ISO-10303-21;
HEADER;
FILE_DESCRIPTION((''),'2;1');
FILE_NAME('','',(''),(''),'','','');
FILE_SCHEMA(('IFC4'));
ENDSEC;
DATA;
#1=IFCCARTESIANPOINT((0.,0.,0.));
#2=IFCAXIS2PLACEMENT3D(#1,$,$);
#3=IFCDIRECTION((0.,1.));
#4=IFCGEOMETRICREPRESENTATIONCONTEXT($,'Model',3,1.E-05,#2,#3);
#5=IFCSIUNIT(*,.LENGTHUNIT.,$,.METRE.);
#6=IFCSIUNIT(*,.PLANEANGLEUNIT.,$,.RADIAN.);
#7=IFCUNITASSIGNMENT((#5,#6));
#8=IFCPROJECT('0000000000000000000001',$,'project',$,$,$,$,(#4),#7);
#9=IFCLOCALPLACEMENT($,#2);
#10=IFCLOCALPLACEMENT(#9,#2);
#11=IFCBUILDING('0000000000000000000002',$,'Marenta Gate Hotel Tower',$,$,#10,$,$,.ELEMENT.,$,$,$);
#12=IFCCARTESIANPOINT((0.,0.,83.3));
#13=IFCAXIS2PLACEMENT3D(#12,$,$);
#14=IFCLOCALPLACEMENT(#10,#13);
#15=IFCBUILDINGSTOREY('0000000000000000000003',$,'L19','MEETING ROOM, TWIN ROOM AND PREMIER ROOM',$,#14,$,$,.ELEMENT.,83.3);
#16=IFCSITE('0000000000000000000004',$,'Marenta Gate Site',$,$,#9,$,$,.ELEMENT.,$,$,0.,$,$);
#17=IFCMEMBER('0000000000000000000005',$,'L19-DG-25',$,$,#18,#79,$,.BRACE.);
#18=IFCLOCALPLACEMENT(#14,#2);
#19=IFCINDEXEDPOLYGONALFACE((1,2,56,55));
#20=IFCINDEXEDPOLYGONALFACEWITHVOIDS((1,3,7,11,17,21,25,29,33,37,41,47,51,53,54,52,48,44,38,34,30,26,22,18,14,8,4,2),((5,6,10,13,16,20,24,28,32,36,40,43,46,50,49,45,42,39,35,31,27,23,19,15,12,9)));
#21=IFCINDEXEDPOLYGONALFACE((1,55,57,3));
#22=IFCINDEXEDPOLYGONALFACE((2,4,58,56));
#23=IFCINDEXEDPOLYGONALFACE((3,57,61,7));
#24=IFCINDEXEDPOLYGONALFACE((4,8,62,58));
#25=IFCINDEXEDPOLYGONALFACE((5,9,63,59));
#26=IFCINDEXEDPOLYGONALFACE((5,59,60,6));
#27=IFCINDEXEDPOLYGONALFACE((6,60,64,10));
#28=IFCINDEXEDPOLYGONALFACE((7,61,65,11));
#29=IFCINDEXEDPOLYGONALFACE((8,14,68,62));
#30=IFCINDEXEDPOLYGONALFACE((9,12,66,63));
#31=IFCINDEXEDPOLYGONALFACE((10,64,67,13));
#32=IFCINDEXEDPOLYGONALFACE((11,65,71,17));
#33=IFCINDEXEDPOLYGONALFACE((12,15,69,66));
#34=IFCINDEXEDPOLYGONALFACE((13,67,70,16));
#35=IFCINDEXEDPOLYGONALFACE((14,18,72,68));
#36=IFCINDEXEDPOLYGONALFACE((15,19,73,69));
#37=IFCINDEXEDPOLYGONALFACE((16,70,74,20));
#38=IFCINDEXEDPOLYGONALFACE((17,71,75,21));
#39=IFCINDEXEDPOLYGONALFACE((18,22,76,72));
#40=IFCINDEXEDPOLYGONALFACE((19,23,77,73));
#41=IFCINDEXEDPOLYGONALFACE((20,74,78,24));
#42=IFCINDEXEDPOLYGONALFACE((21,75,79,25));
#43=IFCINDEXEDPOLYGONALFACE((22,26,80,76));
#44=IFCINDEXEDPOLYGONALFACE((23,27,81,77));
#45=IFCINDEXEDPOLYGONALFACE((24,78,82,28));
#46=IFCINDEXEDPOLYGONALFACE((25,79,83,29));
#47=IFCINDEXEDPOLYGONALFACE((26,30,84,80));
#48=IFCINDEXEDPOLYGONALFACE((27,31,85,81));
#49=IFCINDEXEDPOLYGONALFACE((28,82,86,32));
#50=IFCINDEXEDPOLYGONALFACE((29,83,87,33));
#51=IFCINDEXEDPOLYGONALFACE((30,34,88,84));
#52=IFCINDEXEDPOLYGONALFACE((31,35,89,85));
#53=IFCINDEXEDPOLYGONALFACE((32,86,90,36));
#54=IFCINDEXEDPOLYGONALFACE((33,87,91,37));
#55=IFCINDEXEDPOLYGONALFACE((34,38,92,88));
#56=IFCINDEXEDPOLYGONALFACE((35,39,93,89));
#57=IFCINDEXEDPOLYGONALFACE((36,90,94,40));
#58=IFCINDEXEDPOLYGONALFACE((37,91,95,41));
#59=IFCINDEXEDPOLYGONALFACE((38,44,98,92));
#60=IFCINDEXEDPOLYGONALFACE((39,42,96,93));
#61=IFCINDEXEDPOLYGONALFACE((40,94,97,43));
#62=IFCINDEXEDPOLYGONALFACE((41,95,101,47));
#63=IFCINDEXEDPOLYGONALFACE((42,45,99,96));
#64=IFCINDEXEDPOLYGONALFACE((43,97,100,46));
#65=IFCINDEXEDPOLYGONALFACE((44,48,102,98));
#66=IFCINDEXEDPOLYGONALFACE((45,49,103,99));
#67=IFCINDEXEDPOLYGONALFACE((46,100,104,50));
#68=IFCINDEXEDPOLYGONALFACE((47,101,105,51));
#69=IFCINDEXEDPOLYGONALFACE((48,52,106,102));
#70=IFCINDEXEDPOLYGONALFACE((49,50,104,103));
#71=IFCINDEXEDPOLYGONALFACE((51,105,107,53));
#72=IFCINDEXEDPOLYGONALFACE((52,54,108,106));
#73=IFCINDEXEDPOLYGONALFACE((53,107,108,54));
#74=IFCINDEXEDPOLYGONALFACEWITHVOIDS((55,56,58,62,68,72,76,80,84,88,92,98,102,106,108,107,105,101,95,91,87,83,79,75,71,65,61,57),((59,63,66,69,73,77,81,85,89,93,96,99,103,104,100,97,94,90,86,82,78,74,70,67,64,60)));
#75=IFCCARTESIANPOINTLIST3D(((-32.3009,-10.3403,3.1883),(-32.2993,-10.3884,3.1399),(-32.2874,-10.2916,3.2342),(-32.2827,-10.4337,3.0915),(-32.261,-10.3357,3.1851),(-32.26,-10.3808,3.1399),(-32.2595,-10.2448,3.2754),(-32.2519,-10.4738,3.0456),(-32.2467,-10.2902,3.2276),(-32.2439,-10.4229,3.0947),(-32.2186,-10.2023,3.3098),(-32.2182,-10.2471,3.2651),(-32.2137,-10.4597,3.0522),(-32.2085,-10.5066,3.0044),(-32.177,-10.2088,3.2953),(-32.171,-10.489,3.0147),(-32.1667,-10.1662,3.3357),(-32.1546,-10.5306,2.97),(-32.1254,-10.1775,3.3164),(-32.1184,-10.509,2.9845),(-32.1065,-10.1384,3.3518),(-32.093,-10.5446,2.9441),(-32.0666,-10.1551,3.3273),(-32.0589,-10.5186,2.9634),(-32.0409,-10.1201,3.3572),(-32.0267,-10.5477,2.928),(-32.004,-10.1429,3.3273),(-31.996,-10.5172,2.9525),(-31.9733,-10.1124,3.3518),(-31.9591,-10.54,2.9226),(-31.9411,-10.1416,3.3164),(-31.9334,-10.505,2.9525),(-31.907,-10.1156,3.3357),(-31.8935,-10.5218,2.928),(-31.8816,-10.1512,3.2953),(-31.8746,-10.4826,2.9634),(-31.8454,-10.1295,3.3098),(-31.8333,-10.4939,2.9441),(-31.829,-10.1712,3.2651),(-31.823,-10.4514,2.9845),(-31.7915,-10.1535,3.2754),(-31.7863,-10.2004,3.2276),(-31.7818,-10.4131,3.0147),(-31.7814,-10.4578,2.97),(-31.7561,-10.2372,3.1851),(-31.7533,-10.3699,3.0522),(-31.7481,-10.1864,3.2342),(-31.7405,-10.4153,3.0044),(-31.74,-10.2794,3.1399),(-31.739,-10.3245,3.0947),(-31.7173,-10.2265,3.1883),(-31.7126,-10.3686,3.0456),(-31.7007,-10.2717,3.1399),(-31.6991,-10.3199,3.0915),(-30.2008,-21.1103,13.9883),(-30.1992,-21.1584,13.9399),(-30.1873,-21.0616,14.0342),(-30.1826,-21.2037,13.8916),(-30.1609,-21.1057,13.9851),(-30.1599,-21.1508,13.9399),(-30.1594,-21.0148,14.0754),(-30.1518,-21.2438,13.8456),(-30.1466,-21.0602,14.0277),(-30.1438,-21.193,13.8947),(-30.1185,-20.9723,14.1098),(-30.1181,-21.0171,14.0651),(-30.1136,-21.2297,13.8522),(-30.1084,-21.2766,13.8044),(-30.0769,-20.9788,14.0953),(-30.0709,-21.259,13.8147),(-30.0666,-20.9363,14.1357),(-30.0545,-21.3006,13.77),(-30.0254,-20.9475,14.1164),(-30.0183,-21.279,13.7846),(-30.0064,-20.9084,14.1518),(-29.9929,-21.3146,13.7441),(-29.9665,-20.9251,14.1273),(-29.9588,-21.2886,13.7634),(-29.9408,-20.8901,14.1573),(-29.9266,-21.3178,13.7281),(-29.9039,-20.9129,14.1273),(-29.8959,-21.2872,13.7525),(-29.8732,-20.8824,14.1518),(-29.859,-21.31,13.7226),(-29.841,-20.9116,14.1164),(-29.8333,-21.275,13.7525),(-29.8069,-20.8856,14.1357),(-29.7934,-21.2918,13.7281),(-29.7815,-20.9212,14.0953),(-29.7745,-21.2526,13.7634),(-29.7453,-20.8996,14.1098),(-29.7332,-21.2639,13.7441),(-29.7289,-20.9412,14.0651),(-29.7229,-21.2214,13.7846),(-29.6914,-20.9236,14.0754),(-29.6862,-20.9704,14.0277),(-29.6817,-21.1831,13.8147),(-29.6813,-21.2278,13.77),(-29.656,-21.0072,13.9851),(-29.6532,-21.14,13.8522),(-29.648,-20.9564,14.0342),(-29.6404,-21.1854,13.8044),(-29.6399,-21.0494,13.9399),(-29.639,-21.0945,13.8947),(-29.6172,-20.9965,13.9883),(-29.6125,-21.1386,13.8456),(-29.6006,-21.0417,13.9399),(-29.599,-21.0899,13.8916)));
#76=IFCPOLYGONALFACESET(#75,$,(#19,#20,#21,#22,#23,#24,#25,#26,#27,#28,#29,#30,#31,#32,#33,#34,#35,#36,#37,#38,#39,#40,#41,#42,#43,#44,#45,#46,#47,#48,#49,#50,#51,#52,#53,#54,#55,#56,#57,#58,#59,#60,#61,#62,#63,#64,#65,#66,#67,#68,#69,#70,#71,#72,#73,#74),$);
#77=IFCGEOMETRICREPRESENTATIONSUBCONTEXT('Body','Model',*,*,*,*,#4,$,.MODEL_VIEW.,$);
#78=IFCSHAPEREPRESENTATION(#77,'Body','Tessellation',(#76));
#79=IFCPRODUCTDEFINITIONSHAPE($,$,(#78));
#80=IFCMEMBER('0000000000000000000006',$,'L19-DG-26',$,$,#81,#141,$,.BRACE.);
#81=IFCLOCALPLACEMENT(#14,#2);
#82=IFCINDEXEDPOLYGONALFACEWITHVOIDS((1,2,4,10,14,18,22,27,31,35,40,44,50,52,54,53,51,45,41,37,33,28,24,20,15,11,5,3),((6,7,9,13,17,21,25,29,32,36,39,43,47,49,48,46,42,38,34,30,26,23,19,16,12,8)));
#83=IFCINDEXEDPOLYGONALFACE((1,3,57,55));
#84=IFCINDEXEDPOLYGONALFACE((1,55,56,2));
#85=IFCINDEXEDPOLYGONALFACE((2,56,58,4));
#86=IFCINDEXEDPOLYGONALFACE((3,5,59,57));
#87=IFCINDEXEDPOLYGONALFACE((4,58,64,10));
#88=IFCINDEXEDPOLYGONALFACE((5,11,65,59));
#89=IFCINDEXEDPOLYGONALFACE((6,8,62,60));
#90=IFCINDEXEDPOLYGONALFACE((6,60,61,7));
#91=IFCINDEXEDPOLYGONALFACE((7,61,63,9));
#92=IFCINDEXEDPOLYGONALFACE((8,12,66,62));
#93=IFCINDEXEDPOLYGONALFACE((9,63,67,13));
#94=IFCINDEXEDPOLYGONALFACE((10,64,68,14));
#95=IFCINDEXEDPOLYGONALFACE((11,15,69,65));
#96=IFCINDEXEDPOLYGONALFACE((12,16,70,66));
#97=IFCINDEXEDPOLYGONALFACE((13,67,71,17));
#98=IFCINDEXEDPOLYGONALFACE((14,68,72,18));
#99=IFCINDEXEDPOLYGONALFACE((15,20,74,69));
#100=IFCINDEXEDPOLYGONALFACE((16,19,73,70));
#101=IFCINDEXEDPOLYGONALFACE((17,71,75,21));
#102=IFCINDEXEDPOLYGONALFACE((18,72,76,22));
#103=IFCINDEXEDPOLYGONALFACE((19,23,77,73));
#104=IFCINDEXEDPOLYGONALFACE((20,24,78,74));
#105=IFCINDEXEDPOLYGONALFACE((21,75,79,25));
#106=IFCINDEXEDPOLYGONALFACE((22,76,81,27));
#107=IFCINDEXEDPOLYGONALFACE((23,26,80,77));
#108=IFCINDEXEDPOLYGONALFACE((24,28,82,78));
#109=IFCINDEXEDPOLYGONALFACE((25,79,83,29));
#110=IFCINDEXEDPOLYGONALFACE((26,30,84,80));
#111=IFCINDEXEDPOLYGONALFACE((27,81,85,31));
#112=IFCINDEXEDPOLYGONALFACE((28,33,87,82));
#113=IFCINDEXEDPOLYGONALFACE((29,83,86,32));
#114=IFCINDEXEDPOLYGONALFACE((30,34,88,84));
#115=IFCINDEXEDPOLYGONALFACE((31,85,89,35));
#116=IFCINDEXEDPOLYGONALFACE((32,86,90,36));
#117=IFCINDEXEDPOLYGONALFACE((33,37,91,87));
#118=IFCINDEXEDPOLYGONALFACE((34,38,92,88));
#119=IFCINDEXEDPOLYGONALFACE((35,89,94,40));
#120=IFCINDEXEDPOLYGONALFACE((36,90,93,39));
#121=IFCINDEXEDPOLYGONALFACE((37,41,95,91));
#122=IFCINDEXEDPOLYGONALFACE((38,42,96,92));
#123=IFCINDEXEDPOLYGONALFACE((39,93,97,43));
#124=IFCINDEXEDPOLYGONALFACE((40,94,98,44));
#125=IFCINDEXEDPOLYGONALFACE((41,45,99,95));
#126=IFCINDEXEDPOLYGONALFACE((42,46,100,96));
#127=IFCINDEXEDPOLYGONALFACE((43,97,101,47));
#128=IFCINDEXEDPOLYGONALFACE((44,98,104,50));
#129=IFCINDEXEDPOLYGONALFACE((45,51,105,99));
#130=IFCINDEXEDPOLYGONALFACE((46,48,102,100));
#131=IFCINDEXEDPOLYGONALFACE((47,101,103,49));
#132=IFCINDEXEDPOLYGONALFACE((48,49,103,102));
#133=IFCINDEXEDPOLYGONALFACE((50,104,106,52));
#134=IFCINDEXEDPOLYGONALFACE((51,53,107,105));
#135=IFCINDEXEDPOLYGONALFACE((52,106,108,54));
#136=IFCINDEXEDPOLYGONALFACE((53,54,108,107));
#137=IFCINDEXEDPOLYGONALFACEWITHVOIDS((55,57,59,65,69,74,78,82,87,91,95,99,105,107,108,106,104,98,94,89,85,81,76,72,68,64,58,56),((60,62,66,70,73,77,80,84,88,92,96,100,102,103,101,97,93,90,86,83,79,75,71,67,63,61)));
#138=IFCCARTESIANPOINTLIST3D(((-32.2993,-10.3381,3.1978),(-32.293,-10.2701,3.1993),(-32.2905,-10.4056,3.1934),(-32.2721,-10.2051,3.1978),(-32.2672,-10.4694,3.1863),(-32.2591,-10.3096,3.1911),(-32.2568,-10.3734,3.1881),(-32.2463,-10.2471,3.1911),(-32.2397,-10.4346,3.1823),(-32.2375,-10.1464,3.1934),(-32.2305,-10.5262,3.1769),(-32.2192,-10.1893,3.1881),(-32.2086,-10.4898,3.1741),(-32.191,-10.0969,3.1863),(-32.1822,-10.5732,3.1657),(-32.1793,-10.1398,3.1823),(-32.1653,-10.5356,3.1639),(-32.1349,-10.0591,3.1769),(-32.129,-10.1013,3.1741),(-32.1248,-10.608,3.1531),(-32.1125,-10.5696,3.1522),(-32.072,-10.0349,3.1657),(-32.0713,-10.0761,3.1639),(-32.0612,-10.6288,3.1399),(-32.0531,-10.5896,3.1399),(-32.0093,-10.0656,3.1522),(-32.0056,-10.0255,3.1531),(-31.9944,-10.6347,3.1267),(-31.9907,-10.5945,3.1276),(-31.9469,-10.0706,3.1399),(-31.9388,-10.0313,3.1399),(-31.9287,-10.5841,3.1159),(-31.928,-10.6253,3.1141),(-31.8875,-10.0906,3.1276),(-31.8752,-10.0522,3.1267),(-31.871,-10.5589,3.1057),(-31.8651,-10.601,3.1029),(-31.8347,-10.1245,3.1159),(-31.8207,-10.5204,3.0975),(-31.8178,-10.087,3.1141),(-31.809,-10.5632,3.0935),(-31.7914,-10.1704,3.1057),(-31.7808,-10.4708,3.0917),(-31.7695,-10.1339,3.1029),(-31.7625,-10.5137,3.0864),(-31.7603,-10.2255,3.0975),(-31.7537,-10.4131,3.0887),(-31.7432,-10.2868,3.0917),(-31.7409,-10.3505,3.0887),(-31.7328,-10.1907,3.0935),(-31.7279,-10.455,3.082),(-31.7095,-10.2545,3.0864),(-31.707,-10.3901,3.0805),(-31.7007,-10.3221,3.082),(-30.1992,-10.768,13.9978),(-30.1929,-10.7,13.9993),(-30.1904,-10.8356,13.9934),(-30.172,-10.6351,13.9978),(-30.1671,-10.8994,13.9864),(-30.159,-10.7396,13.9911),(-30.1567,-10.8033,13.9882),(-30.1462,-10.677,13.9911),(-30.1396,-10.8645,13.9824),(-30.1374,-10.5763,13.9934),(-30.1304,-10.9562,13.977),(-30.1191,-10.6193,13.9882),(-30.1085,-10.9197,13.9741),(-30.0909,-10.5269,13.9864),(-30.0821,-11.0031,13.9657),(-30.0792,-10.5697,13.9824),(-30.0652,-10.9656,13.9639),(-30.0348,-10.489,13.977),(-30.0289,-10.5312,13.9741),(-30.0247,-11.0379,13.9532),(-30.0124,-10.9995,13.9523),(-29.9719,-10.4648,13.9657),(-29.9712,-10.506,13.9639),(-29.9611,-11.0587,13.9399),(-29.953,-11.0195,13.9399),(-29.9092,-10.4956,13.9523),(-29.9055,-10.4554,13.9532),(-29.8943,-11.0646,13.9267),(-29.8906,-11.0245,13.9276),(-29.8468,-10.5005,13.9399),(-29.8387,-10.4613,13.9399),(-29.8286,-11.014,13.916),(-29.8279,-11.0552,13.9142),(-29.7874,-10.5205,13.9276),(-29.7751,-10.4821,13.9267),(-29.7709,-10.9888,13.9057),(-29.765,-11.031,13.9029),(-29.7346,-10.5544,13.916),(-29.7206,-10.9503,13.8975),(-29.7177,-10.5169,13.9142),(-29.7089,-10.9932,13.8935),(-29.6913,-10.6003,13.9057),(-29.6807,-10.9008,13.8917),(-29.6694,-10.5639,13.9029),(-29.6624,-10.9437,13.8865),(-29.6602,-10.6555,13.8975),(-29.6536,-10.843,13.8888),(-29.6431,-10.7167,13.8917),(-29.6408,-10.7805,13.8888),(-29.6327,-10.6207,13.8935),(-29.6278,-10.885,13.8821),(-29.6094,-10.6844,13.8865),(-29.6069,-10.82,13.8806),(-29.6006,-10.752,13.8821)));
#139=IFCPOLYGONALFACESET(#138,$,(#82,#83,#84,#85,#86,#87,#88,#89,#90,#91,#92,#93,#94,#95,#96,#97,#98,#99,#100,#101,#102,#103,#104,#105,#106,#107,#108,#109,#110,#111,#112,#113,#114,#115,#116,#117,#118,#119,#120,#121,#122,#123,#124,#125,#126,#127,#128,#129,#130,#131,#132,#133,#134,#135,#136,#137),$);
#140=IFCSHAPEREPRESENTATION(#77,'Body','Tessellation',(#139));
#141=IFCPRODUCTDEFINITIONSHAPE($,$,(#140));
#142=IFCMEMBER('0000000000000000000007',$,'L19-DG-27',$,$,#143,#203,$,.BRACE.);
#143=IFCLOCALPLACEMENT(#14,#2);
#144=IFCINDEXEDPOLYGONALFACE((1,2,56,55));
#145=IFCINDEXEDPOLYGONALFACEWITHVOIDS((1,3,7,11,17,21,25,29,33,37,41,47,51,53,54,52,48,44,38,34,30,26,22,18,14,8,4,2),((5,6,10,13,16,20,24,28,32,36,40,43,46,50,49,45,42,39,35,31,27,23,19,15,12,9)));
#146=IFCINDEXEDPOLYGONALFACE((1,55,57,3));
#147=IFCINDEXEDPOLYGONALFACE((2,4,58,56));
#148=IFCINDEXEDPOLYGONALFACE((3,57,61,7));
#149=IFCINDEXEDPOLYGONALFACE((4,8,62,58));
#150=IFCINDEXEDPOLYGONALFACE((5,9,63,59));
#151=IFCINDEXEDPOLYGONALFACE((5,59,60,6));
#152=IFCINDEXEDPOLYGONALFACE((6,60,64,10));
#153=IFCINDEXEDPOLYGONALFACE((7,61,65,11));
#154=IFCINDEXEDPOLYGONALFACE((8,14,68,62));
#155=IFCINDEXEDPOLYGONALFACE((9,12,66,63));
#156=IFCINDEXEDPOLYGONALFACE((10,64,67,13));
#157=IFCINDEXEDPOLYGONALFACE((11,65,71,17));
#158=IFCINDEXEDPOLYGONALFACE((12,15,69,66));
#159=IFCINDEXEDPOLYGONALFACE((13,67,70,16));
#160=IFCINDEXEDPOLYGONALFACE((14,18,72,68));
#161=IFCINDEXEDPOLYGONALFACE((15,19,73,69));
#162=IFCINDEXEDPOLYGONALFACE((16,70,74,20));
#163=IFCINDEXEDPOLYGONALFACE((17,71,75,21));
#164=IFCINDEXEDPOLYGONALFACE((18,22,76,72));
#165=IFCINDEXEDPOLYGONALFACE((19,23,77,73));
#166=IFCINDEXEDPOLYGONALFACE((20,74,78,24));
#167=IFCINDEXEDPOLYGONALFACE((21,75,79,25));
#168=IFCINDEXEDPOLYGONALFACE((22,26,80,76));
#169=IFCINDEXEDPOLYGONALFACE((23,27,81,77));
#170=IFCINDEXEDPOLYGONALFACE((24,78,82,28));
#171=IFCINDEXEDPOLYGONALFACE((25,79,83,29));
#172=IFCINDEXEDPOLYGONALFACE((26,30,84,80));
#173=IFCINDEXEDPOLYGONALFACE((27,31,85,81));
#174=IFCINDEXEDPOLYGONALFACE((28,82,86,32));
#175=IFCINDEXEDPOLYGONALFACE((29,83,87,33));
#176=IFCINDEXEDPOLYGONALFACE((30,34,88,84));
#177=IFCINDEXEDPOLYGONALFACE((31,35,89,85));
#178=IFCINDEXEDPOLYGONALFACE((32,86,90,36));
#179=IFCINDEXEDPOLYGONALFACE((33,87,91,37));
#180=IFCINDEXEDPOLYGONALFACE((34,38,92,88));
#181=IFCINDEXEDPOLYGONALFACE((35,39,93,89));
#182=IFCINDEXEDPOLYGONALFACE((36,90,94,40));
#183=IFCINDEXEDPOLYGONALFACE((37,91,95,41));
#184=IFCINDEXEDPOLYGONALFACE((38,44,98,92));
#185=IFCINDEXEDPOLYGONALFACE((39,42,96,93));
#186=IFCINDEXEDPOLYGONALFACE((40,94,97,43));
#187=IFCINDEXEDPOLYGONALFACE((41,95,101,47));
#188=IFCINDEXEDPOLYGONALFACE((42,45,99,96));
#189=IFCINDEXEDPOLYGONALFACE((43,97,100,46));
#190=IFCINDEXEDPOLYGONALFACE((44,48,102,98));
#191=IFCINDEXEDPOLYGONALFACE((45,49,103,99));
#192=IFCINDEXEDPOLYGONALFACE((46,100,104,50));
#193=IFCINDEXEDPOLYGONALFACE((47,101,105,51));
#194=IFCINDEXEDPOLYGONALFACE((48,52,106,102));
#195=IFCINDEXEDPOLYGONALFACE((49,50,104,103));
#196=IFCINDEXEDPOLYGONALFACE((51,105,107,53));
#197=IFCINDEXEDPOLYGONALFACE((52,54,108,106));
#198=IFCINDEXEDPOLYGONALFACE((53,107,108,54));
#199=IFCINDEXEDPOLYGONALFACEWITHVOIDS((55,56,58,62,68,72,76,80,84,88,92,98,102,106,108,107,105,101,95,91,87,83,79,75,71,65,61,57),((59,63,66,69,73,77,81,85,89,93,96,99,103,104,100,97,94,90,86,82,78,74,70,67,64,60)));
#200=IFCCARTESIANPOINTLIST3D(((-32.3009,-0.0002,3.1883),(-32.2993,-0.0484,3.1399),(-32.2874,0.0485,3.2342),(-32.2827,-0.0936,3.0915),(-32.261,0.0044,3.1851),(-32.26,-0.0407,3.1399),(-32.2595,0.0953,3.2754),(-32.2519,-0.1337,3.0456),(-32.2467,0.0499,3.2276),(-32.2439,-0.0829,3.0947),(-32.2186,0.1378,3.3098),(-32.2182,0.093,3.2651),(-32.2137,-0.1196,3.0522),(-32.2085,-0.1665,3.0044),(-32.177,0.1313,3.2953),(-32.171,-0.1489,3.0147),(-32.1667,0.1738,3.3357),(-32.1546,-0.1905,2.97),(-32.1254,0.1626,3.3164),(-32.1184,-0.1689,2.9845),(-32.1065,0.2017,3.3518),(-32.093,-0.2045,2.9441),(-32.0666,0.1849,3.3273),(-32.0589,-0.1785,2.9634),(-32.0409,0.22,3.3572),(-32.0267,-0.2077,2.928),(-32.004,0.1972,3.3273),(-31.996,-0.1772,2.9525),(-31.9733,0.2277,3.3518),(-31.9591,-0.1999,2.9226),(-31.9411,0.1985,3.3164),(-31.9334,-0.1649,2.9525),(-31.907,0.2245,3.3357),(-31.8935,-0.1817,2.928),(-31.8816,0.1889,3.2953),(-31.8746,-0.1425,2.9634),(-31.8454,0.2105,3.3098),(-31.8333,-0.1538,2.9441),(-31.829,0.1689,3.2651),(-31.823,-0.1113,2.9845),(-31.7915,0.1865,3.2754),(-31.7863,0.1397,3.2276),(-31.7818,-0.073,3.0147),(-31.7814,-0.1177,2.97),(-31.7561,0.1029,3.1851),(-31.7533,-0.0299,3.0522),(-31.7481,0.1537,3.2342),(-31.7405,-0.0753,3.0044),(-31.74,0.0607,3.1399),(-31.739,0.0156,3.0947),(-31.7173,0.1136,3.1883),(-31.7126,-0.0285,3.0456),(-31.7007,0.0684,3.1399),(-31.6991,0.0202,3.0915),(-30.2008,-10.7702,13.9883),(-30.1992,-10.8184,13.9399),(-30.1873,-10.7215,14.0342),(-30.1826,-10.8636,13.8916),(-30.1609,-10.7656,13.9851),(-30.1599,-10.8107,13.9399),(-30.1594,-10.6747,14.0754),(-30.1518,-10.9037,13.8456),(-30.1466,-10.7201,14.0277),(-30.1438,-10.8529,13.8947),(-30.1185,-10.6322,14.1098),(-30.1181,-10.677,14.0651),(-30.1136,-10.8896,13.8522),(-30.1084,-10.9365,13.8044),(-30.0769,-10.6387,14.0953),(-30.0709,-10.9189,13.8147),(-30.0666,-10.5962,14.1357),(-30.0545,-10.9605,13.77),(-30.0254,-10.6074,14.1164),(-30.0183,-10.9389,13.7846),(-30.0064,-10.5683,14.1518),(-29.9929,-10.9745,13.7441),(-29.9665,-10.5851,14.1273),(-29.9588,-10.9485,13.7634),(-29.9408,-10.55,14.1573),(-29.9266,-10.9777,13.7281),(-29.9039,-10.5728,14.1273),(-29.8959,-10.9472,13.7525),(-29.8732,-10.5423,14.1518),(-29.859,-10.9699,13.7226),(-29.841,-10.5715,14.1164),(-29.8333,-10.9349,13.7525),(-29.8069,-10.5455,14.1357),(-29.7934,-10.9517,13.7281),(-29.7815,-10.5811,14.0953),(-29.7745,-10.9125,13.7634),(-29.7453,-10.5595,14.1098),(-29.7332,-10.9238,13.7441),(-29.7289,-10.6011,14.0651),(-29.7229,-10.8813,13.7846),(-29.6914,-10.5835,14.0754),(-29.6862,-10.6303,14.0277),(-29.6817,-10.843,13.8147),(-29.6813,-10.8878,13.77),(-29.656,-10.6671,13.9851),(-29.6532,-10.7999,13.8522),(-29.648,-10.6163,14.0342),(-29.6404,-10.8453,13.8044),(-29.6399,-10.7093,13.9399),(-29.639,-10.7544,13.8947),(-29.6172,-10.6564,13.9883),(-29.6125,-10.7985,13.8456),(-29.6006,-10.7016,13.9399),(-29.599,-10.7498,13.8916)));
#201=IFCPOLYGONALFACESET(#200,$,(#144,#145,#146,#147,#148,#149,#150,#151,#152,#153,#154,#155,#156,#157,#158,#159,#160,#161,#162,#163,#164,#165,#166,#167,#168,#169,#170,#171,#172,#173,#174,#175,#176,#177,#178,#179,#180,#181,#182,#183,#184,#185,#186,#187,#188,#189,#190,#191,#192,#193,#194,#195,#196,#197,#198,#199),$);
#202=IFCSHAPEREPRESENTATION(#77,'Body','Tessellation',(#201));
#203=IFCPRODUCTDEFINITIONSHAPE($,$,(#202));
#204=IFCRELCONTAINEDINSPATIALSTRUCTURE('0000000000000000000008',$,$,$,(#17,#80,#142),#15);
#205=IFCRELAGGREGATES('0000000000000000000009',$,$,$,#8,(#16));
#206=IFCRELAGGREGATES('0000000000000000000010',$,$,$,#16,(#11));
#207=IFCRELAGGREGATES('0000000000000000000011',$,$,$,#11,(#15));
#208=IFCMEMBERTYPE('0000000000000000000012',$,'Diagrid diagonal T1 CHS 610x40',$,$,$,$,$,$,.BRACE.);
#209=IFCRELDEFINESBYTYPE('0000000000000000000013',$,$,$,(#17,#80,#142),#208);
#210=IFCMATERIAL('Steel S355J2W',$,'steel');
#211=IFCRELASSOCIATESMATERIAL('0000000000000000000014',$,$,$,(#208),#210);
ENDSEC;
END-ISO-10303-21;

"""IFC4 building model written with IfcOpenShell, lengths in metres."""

from ifc_helpers import new_model, si_unit, direction, frame, origin, origin_2d, place, context, subcontext, project, spatial, hollow_circle, extrude, material, material_profile, profile_set, type_object, element, save


model = new_model("IFC4")

# Units and contexts
model_context = context("Model", 3, precision=1e-05, world=origin(), true_north=direction((0.0, 1.0)))
body_context = subcontext(model_context, "Body", "Model", "MODEL_VIEW")
ifc_project = project(units=[si_unit("LENGTHUNIT", "METRE"), si_unit("PLANEANGLEUNIT", "RADIAN")], contexts=[model_context])

# Site, building, storey
site_placement = place(None, origin())
site = spatial("IfcSite", under=ifc_project, at=site_placement, Name="Marenta Gate Site", CompositionType="ELEMENT", RefElevation=0.0)
building_placement = place(site_placement, origin())
building = spatial("IfcBuilding", under=site, at=building_placement, Name="Marenta Gate Hotel Tower", CompositionType="ELEMENT")
storey_placement = place(building_placement, frame((0.0, 0.0, 83.3)))
storey = spatial("IfcBuildingStorey", under=building, at=storey_placement, Name="L19", Description="MEETING ROOM, TWIN ROOM AND PREMIER ROOM", CompositionType="ELEMENT", Elevation=83.3)

# Members
ifc_material_1 = material(Name="Steel S355J2W", Category="steel")
ifc_material_profile_1 = material_profile(ifc_material_1, hollow_circle(Radius=0.3049, WallThickness=0.04, at=origin_2d()), Name="CHS 610x40")
ifc_profile_set_1 = profile_set([ifc_material_profile_1], Name="Steel S355J2W")
member_type_1 = type_object("IfcMemberType", Name="Diagrid diagonal T1 CHS 610x40", PredefinedType="BRACE", material=ifc_profile_set_1)
member_1_placement = place(storey_placement, frame((-32.0, -10.3301, 3.1399), z_axis=(0.136403, -0.699522, 0.701472), x_axis=(0.981514, 0.19139, 0.0)))
element("IfcMember", 1, at=member_1_placement, inside=storey, type_object=member_type_1, Name="L19-DG-25", PredefinedType="BRACE", context=body_context, shape_type="SweptSolid", body=[
    extrude(hollow_circle(Radius=0.3049, WallThickness=0.04, at=origin_2d()), origin(), (0.0, 0.0, 1.0), 15.3962),
])
member_2_placement = place(storey_placement, frame((-32.0, -10.3301, 3.1399), z_axis=(0.190732, -0.039047, 0.980865), x_axis=(0.20056, 0.979681, 0.0)))
element("IfcMember", 2, at=member_2_placement, inside=storey, type_object=member_type_1, Name="L19-DG-26", PredefinedType="BRACE", context=body_context, shape_type="SweptSolid", body=[
    extrude(hollow_circle(Radius=0.3049, WallThickness=0.04, at=origin_2d()), origin(), (0.0, 0.0, 1.0), 11.0107),
])
member_3_placement = place(storey_placement, frame((-32.0, 0.01, 3.1399), z_axis=(0.136403, -0.699522, 0.701472), x_axis=(0.981514, 0.19139, 0.0)))
element("IfcMember", 3, at=member_3_placement, inside=storey, type_object=member_type_1, Name="L19-DG-27", PredefinedType="BRACE", context=body_context, shape_type="SweptSolid", body=[
    extrude(hollow_circle(Radius=0.3049, WallThickness=0.04, at=origin_2d()), origin(), (0.0, 0.0, 1.0), 15.3962),
])

save(model, "model.ifc")
